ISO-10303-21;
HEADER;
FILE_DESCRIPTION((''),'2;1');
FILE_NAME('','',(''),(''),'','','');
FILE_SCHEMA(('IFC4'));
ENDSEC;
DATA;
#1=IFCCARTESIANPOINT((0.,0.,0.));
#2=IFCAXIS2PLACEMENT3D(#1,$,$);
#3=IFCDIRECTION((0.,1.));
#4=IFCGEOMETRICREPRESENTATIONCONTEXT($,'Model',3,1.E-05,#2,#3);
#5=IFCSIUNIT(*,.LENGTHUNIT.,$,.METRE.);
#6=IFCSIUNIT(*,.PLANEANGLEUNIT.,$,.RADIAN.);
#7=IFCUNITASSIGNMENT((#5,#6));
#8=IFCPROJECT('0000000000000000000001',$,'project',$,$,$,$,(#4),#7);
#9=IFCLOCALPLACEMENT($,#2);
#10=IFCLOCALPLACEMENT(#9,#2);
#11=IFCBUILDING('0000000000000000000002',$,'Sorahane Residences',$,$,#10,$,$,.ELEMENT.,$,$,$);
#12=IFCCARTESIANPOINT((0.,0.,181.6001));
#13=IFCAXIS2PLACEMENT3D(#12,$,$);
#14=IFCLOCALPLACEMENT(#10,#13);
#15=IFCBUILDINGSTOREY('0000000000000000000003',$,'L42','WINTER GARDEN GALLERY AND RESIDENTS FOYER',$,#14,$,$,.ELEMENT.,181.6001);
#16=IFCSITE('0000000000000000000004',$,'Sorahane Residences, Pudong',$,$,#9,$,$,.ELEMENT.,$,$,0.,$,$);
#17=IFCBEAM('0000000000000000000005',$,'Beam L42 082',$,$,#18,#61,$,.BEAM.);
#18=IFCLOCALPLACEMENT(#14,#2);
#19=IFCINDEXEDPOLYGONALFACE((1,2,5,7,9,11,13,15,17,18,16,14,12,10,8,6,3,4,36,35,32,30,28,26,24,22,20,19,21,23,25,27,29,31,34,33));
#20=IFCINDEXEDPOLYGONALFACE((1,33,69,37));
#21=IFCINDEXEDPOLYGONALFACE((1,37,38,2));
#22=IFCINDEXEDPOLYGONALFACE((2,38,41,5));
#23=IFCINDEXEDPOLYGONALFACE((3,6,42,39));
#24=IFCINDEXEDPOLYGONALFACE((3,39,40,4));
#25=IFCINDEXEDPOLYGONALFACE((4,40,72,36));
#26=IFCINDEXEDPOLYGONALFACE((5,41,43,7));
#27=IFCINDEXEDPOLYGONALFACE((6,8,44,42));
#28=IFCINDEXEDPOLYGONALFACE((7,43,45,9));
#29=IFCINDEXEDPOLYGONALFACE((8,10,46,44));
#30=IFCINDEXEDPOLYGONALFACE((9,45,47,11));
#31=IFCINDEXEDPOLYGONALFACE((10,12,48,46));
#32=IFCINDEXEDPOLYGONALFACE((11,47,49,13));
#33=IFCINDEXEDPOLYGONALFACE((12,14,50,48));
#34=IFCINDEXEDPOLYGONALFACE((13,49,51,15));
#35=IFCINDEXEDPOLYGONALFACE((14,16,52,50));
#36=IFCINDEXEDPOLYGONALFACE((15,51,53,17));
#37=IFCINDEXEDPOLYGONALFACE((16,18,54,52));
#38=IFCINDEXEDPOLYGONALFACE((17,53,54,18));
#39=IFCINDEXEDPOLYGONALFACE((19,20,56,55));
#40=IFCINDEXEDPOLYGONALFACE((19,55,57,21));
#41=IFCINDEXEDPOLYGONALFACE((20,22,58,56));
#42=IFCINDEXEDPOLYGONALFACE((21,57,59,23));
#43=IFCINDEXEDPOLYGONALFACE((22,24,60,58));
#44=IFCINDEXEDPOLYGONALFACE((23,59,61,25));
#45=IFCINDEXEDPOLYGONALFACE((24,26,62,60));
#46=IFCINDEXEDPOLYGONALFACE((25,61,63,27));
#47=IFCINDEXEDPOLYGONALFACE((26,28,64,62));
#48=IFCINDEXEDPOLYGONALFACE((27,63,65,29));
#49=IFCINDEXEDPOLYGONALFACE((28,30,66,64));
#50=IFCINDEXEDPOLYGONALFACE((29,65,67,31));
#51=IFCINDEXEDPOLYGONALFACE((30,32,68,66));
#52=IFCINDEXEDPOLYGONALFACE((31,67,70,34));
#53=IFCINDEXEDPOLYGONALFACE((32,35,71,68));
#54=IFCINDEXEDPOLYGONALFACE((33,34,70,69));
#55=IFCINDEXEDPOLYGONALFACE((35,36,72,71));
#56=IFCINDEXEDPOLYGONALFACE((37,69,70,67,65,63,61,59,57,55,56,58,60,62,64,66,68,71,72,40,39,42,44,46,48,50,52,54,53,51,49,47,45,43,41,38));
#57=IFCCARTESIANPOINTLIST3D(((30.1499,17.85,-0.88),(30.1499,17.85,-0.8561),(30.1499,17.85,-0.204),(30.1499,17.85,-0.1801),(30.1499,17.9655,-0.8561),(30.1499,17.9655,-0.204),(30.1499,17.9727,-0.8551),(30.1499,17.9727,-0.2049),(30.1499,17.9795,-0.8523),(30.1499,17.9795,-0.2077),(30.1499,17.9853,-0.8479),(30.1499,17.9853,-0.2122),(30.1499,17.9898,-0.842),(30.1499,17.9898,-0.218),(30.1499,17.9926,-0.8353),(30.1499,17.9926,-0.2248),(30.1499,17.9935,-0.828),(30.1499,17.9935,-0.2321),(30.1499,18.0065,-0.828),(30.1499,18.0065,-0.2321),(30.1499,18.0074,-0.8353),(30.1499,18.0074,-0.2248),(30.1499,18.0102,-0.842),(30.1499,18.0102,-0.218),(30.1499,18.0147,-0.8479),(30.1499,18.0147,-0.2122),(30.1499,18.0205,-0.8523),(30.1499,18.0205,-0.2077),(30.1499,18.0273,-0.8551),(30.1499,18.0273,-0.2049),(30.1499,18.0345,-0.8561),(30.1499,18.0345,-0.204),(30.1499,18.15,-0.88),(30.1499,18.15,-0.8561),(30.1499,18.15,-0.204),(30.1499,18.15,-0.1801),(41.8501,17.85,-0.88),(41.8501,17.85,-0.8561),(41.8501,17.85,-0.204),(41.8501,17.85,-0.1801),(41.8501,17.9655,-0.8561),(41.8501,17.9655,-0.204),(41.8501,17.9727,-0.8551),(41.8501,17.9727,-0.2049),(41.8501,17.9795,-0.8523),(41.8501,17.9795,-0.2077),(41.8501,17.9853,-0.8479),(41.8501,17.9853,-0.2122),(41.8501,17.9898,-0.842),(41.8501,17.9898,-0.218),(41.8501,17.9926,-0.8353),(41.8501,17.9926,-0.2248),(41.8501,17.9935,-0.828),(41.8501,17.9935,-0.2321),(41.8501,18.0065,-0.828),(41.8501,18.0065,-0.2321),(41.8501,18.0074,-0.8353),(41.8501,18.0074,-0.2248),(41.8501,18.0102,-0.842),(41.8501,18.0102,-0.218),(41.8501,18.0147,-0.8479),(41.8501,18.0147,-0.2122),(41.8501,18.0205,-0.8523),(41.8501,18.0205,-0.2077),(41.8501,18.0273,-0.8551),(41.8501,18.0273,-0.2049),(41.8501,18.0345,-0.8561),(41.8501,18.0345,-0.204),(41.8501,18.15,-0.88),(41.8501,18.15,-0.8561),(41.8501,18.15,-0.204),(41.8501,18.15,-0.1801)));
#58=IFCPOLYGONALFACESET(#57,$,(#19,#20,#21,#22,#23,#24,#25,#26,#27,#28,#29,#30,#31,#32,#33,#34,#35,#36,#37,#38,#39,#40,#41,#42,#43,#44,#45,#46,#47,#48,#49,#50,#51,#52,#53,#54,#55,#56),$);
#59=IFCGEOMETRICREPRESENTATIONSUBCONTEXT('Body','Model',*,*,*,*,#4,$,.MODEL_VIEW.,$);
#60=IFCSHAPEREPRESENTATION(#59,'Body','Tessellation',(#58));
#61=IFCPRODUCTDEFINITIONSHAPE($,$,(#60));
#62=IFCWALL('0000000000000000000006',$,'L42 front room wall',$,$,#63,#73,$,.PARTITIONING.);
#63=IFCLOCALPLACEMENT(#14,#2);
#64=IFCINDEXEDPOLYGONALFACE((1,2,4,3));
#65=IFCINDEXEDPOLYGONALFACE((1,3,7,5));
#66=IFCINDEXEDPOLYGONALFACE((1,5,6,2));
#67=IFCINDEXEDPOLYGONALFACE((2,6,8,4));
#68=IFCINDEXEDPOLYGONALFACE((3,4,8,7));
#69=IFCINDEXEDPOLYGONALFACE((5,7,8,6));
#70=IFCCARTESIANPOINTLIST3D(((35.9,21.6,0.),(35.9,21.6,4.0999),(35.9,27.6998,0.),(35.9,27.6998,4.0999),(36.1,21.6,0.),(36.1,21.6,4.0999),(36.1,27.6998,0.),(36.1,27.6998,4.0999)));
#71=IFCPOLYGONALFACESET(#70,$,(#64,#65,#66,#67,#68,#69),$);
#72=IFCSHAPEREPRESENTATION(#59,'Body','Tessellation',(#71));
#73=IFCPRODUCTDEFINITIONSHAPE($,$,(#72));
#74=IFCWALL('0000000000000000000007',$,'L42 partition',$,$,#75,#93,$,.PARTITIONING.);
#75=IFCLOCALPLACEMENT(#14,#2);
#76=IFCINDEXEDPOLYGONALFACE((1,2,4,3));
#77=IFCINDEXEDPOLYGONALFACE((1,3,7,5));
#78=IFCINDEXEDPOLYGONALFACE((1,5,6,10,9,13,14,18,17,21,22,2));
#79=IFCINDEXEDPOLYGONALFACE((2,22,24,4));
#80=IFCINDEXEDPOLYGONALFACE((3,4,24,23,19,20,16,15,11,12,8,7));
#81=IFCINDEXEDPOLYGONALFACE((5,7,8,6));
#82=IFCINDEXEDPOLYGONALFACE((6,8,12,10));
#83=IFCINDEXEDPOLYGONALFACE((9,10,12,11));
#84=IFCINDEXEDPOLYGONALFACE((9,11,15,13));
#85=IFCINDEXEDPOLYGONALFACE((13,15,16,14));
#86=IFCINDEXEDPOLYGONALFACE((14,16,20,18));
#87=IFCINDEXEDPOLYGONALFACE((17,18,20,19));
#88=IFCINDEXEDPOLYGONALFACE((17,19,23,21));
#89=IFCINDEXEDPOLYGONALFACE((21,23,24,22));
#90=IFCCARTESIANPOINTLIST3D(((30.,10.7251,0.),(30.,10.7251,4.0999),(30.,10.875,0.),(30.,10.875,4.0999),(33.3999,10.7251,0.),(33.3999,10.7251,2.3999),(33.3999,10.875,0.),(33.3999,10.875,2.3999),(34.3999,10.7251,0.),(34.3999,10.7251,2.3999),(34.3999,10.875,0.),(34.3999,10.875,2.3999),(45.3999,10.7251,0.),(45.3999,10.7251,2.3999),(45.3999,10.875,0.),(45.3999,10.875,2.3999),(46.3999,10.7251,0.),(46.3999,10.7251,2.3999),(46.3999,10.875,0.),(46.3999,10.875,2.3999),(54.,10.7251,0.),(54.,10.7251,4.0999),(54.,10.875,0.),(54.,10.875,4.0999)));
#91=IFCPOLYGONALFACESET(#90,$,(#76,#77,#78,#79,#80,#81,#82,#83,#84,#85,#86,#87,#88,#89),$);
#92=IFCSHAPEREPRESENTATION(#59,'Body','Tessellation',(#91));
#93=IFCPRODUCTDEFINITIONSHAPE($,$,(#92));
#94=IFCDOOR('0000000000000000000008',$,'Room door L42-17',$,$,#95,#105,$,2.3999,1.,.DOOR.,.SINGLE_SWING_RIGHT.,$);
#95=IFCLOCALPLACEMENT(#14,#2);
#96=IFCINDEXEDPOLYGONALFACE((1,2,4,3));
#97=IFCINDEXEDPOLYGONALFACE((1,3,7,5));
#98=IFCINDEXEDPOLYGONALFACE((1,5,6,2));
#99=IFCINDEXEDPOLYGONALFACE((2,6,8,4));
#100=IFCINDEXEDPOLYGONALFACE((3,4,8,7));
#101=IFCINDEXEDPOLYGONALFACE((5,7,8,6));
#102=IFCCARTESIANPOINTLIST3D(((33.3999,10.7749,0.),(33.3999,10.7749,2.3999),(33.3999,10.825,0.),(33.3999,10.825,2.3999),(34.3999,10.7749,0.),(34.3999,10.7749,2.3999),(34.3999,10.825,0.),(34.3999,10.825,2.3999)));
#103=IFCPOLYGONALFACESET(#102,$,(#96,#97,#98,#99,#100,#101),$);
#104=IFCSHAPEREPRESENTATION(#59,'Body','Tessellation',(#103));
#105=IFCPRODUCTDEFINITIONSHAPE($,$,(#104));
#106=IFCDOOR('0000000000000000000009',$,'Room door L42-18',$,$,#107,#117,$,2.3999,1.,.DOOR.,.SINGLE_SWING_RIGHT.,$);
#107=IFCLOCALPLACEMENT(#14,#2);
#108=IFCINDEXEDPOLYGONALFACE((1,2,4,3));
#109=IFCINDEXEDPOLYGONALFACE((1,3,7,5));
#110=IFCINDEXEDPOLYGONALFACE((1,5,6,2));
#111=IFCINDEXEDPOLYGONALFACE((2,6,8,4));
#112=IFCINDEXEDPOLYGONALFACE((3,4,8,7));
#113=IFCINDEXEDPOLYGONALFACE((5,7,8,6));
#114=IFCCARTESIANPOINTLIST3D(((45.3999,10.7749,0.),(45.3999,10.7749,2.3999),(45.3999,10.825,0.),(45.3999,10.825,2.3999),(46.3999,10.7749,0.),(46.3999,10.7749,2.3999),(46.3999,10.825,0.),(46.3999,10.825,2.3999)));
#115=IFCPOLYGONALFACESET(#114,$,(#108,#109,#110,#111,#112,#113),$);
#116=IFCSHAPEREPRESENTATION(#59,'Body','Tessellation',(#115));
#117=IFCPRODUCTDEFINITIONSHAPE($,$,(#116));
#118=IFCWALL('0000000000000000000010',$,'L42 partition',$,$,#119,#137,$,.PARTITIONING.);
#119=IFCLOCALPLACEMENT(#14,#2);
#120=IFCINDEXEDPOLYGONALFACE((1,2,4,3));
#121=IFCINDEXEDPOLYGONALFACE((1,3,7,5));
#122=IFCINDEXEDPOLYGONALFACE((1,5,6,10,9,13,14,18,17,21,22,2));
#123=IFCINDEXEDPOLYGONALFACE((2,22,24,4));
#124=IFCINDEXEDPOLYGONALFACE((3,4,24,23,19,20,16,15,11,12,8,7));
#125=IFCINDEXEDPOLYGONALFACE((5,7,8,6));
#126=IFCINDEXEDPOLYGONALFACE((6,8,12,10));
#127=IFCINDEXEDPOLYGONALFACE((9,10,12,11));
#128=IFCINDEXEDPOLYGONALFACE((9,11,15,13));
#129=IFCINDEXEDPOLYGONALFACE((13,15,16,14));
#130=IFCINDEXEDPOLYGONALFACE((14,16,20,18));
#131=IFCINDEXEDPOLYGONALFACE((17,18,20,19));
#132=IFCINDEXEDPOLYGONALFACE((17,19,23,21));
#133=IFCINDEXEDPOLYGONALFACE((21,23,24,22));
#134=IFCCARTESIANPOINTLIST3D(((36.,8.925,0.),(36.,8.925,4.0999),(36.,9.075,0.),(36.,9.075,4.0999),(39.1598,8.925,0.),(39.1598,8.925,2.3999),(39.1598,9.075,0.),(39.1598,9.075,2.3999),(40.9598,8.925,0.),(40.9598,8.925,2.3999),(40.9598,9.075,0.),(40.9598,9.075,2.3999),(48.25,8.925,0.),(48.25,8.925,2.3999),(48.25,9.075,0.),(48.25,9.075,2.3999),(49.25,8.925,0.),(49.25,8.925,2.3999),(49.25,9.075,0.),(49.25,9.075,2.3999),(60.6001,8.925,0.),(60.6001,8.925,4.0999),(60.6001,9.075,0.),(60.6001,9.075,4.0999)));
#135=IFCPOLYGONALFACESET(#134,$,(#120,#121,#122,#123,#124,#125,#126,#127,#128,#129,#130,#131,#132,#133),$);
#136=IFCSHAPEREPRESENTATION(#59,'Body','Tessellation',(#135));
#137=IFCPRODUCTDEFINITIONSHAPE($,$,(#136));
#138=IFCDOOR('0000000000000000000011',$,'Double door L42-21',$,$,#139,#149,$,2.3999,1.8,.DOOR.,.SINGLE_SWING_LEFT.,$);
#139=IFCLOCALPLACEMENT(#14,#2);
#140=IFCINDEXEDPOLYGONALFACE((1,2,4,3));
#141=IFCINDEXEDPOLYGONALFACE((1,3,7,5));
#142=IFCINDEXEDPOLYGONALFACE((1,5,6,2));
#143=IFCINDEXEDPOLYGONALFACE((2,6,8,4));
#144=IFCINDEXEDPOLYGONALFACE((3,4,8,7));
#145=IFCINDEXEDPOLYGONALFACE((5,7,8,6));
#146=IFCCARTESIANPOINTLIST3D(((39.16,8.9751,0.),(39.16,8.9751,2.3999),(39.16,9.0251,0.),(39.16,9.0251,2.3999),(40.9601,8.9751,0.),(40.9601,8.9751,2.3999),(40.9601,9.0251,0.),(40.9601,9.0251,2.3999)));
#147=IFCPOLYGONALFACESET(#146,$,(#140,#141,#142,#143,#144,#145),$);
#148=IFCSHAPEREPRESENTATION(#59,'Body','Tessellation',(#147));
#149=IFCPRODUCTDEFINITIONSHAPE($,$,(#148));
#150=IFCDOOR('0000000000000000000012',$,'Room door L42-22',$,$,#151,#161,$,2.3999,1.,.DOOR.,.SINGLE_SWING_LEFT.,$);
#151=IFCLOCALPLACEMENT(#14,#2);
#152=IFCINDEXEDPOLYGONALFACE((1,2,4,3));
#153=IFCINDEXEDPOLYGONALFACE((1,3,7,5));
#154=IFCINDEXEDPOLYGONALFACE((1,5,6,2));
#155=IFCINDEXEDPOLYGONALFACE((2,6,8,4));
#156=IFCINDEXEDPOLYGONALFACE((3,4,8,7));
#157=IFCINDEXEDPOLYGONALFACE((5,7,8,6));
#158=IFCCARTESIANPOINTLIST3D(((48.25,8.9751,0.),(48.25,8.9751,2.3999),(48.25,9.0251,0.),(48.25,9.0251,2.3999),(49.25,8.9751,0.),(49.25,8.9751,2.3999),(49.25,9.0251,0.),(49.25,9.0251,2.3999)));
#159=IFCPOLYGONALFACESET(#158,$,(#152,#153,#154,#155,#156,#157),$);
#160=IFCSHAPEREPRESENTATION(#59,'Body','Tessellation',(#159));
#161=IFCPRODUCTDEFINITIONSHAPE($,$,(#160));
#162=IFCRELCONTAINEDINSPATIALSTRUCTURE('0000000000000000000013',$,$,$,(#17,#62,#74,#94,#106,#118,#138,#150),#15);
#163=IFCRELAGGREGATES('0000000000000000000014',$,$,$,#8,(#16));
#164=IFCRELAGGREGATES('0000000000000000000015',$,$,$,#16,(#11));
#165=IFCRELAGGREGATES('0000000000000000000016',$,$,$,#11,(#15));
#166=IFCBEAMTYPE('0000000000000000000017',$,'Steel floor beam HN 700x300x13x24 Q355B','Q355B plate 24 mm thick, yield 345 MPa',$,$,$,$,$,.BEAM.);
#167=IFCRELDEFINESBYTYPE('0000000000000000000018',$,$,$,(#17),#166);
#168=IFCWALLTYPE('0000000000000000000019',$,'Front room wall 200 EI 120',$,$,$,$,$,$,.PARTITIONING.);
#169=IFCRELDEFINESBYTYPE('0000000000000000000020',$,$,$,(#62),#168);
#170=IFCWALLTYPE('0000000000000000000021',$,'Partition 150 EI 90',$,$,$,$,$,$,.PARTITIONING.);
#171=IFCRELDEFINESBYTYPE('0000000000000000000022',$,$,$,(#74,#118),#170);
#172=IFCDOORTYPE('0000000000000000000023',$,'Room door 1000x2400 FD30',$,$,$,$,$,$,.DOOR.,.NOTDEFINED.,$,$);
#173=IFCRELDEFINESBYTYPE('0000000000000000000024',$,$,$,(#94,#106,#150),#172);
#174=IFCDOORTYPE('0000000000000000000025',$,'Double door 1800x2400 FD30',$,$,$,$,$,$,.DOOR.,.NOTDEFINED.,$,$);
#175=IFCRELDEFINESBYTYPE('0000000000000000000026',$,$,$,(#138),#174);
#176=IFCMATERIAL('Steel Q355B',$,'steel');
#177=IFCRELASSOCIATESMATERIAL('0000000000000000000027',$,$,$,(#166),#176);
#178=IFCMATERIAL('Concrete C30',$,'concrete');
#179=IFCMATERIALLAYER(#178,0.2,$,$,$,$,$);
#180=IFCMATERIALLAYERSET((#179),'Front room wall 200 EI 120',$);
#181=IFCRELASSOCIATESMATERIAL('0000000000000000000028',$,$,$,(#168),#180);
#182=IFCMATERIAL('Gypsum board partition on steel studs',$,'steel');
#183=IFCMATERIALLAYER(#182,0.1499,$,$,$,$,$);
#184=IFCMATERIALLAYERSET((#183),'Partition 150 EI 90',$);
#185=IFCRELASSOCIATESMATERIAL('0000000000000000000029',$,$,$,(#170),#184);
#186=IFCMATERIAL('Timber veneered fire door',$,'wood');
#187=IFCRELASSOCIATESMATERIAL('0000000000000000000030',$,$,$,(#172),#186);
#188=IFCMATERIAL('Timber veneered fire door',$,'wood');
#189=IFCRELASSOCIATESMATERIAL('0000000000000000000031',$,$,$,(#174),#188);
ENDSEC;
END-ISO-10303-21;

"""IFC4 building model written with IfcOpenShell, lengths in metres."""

from ifc_helpers import new_model, si_unit, direction, frame, frame_2d, origin, origin_2d, place, context, subcontext, project, spatial, rectangle, i_section, extrude, material, layer, layer_set, material_profile, profile_set, type_object, element, fill, save


model = new_model("IFC4")

# Units and contexts
model_context = context("Model", 3, precision=1e-05, world=origin(), true_north=direction((0.0, 1.0)))
body_context = subcontext(model_context, "Body", "Model", "MODEL_VIEW")
ifc_project = project(units=[si_unit("LENGTHUNIT", "METRE"), si_unit("PLANEANGLEUNIT", "RADIAN")], contexts=[model_context])

# Site, building, storey
site_placement = place(None, origin())
site = spatial("IfcSite", under=ifc_project, at=site_placement, Name="Sorahane Residences, Pudong", CompositionType="ELEMENT", RefElevation=0.0)
building_placement = place(site_placement, origin())
building = spatial("IfcBuilding", under=site, at=building_placement, Name="Sorahane Residences", CompositionType="ELEMENT")
storey_placement = place(building_placement, frame((0.0, 0.0, 181.6001)))
storey = spatial("IfcBuildingStorey", under=building, at=storey_placement, Name="L42", Description="WINTER GARDEN GALLERY AND RESIDENTS FOYER", CompositionType="ELEMENT", Elevation=181.6001)

# Beam
ifc_material_1 = material(Name="Steel Q355B", Category="steel")
ifc_material_profile_1 = material_profile(ifc_material_1, i_section(OverallWidth=0.3, OverallDepth=0.7, WebThickness=0.0129, FlangeThickness=0.0239, FilletRadius=0.0281, at=origin_2d()), Name="HN 700x300x13x24")
ifc_profile_set_1 = profile_set([ifc_material_profile_1], Name="Steel Q355B")
beam_type_1 = type_object("IfcBeamType", Name="Steel floor beam HN 700x300x13x24 Q355B", Description="Q355B plate 24 mm thick, yield 345 MPa", PredefinedType="BEAM", material=ifc_profile_set_1)
beam_1_placement = place(storey_placement, frame((30.1499, 18.0, -0.53), z_axis=(1.0, 0.0, 0.0), x_axis=(0.0, 1.0, 0.0)))
element("IfcBeam", 1, at=beam_1_placement, inside=storey, type_object=beam_type_1, Name="Beam L42 082", PredefinedType="BEAM", context=body_context, shape_type="SweptSolid", body=[
    extrude(i_section(OverallWidth=0.3, OverallDepth=0.7, WebThickness=0.0129, FlangeThickness=0.0239, FilletRadius=0.0281, at=origin_2d()), origin(), (0.0, 0.0, 1.0), 11.7002),
])

# Wall
ifc_material_2 = material(Name="Concrete C30", Category="concrete")
ifc_layer_1 = layer(ifc_material_2, 0.2)
ifc_layer_set_1 = layer_set([ifc_layer_1], Name="Front room wall 200 EI 120")
wall_type_1 = type_object("IfcWallType", Name="Front room wall 200 EI 120", PredefinedType="PARTITIONING", material=ifc_layer_set_1)
wall_1_placement = place(storey_placement, frame((36.0, 21.6001, 0.0), z_axis=(0.0, 0.0, 1.0), x_axis=(0.0, 1.0, 0.0)))
element("IfcWall", 2, at=wall_1_placement, inside=storey, type_object=wall_type_1, Name="L42 front room wall", PredefinedType="PARTITIONING", context=body_context, shape_type="SweptSolid", body=[
    extrude(rectangle(XDim=6.0999, YDim=0.2, at=frame_2d((3.0498, 0.0))), origin(), (0.0, 0.0, 1.0), 4.0999),
])

# Walls, openings, doors
ifc_material_3 = material(Name="Gypsum board partition on steel studs", Category="steel")
ifc_layer_2 = layer(ifc_material_3, 0.1499)
ifc_layer_set_2 = layer_set([ifc_layer_2], Name="Partition 150 EI 90")
wall_type_2 = type_object("IfcWallType", Name="Partition 150 EI 90", PredefinedType="PARTITIONING", material=ifc_layer_set_2)
wall_2_placement = place(storey_placement, frame((30.0, 10.8, 0.0), z_axis=(0.0, 0.0, 1.0), x_axis=(1.0, 0.0, 0.0)))
wall_2 = element("IfcWall", 3, at=wall_2_placement, inside=storey, type_object=wall_type_2, Name="L42 partition", PredefinedType="PARTITIONING", context=body_context, shape_type="SweptSolid", body=[
    extrude(rectangle(XDim=24.0, YDim=0.1499, at=frame_2d((12.0, 0.0))), origin(), (0.0, 0.0, 1.0), 4.0999),
])
opening_1_placement = place(wall_2_placement, frame((3.3999, 0.0, 0.0)))
opening_1 = element("IfcOpeningElement", 4, at=opening_1_placement, cuts=wall_2, PredefinedType="OPENING", context=body_context, shape_type="SweptSolid", body=[
    extrude(rectangle(XDim=1.0, YDim=2.3999, at=frame_2d((0.5, 1.2))), frame((0.0, 0.085, 0.0), z_axis=(0.0, -1.0, 0.0), x_axis=(1.0, 0.0, 0.0)), (0.0, 0.0, 1.0), 0.1699),
])
opening_2_placement = place(wall_2_placement, frame((15.3999, 0.0, 0.0)))
opening_2 = element("IfcOpeningElement", 5, at=opening_2_placement, cuts=wall_2, PredefinedType="OPENING", context=body_context, shape_type="SweptSolid", body=[
    extrude(rectangle(XDim=1.0, YDim=2.3999, at=frame_2d((0.5, 1.2))), frame((0.0, 0.085, 0.0), z_axis=(0.0, -1.0, 0.0), x_axis=(1.0, 0.0, 0.0)), (0.0, 0.0, 1.0), 0.1699),
])
ifc_material_4 = material(Name="Timber veneered fire door", Category="wood")
door_type_1 = type_object("IfcDoorType", Name="Room door 1000x2400 FD30", OperationType="NOTDEFINED", PredefinedType="DOOR", material=ifc_material_4)
door_1_placement = place(opening_1_placement, origin())
door_1 = element("IfcDoor", 6, at=door_1_placement, inside=storey, type_object=door_type_1, Name="Room door L42-17", OperationType="SINGLE_SWING_RIGHT", OverallHeight=2.3999, OverallWidth=1.0, PredefinedType="DOOR", context=body_context, shape_type="SweptSolid", body=[
    extrude(rectangle(XDim=1.0, YDim=2.3999, at=frame_2d((0.5, 1.2))), frame((0.0, 0.0249, 0.0), z_axis=(0.0, -1.0, 0.0), x_axis=(1.0, 0.0, 0.0)), (0.0, 0.0, 1.0), 0.05),
])
fill(opening_1, door_1)
door_2_placement = place(opening_2_placement, origin())
door_2 = element("IfcDoor", 7, at=door_2_placement, inside=storey, type_object=door_type_1, Name="Room door L42-18", OperationType="SINGLE_SWING_RIGHT", OverallHeight=2.3999, OverallWidth=1.0, PredefinedType="DOOR", context=body_context, shape_type="SweptSolid", body=[
    extrude(rectangle(XDim=1.0, YDim=2.3999, at=frame_2d((0.5, 1.2))), frame((0.0, 0.0249, 0.0), z_axis=(0.0, -1.0, 0.0), x_axis=(1.0, 0.0, 0.0)), (0.0, 0.0, 1.0), 0.05),
])
fill(opening_2, door_2)
wall_3_placement = place(storey_placement, frame((36.0, 9.0, 0.0), z_axis=(0.0, 0.0, 1.0), x_axis=(1.0, 0.0, 0.0)))
wall_3 = element("IfcWall", 8, at=wall_3_placement, inside=storey, type_object=wall_type_2, Name="L42 partition", PredefinedType="PARTITIONING", context=body_context, shape_type="SweptSolid", body=[
    extrude(rectangle(XDim=24.6001, YDim=0.1499, at=frame_2d((12.3, 0.0))), origin(), (0.0, 0.0, 1.0), 4.0999),
])
opening_3_placement = place(wall_3_placement, frame((3.1599, 0.0, 0.0)))
opening_3 = element("IfcOpeningElement", 9, at=opening_3_placement, cuts=wall_3, PredefinedType="OPENING", context=body_context, shape_type="SweptSolid", body=[
    extrude(rectangle(XDim=1.8, YDim=2.3999, at=frame_2d((0.8999, 1.2))), frame((0.0, 0.085, 0.0), z_axis=(0.0, -1.0, 0.0), x_axis=(1.0, 0.0, 0.0)), (0.0, 0.0, 1.0), 0.1699),
])
opening_4_placement = place(wall_3_placement, frame((12.25, 0.0, 0.0)))
opening_4 = element("IfcOpeningElement", 10, at=opening_4_placement, cuts=wall_3, PredefinedType="OPENING", context=body_context, shape_type="SweptSolid", body=[
    extrude(rectangle(XDim=1.0, YDim=2.3999, at=frame_2d((0.5, 1.2))), frame((0.0, 0.085, 0.0), z_axis=(0.0, -1.0, 0.0), x_axis=(1.0, 0.0, 0.0)), (0.0, 0.0, 1.0), 0.1699),
])
ifc_material_5 = material(Name="Timber veneered fire door", Category="wood")
door_type_2 = type_object("IfcDoorType", Name="Double door 1800x2400 FD30", OperationType="NOTDEFINED", PredefinedType="DOOR", material=ifc_material_5)
door_3_placement = place(opening_3_placement, frame((1.8, 0.0, 0.0), z_axis=(0.0, 0.0, 1.0), x_axis=(-1.0, 0.0, 0.0)))
door_3 = element("IfcDoor", 11, at=door_3_placement, inside=storey, type_object=door_type_2, Name="Double door L42-21", OperationType="SINGLE_SWING_LEFT", OverallHeight=2.3999, OverallWidth=1.8, PredefinedType="DOOR", context=body_context, shape_type="SweptSolid", body=[
    extrude(rectangle(XDim=1.8, YDim=2.3999, at=frame_2d((0.8999, 1.2))), frame((0.0, 0.0249, 0.0), z_axis=(0.0, -1.0, 0.0), x_axis=(1.0, 0.0, 0.0)), (0.0, 0.0, 1.0), 0.05),
])
fill(opening_3, door_3)
door_4_placement = place(opening_4_placement, frame((1.0, 0.0, 0.0), z_axis=(0.0, 0.0, 1.0), x_axis=(-1.0, 0.0, 0.0)))
door_4 = element("IfcDoor", 12, at=door_4_placement, inside=storey, type_object=door_type_1, Name="Room door L42-22", OperationType="SINGLE_SWING_LEFT", OverallHeight=2.3999, OverallWidth=1.0, PredefinedType="DOOR", context=body_context, shape_type="SweptSolid", body=[
    extrude(rectangle(XDim=1.0, YDim=2.3999, at=frame_2d((0.5, 1.2))), frame((0.0, 0.0249, 0.0), z_axis=(0.0, -1.0, 0.0), x_axis=(1.0, 0.0, 0.0)), (0.0, 0.0, 1.0), 0.05),
])
fill(opening_4, door_4)

save(model, "model.ifc")
